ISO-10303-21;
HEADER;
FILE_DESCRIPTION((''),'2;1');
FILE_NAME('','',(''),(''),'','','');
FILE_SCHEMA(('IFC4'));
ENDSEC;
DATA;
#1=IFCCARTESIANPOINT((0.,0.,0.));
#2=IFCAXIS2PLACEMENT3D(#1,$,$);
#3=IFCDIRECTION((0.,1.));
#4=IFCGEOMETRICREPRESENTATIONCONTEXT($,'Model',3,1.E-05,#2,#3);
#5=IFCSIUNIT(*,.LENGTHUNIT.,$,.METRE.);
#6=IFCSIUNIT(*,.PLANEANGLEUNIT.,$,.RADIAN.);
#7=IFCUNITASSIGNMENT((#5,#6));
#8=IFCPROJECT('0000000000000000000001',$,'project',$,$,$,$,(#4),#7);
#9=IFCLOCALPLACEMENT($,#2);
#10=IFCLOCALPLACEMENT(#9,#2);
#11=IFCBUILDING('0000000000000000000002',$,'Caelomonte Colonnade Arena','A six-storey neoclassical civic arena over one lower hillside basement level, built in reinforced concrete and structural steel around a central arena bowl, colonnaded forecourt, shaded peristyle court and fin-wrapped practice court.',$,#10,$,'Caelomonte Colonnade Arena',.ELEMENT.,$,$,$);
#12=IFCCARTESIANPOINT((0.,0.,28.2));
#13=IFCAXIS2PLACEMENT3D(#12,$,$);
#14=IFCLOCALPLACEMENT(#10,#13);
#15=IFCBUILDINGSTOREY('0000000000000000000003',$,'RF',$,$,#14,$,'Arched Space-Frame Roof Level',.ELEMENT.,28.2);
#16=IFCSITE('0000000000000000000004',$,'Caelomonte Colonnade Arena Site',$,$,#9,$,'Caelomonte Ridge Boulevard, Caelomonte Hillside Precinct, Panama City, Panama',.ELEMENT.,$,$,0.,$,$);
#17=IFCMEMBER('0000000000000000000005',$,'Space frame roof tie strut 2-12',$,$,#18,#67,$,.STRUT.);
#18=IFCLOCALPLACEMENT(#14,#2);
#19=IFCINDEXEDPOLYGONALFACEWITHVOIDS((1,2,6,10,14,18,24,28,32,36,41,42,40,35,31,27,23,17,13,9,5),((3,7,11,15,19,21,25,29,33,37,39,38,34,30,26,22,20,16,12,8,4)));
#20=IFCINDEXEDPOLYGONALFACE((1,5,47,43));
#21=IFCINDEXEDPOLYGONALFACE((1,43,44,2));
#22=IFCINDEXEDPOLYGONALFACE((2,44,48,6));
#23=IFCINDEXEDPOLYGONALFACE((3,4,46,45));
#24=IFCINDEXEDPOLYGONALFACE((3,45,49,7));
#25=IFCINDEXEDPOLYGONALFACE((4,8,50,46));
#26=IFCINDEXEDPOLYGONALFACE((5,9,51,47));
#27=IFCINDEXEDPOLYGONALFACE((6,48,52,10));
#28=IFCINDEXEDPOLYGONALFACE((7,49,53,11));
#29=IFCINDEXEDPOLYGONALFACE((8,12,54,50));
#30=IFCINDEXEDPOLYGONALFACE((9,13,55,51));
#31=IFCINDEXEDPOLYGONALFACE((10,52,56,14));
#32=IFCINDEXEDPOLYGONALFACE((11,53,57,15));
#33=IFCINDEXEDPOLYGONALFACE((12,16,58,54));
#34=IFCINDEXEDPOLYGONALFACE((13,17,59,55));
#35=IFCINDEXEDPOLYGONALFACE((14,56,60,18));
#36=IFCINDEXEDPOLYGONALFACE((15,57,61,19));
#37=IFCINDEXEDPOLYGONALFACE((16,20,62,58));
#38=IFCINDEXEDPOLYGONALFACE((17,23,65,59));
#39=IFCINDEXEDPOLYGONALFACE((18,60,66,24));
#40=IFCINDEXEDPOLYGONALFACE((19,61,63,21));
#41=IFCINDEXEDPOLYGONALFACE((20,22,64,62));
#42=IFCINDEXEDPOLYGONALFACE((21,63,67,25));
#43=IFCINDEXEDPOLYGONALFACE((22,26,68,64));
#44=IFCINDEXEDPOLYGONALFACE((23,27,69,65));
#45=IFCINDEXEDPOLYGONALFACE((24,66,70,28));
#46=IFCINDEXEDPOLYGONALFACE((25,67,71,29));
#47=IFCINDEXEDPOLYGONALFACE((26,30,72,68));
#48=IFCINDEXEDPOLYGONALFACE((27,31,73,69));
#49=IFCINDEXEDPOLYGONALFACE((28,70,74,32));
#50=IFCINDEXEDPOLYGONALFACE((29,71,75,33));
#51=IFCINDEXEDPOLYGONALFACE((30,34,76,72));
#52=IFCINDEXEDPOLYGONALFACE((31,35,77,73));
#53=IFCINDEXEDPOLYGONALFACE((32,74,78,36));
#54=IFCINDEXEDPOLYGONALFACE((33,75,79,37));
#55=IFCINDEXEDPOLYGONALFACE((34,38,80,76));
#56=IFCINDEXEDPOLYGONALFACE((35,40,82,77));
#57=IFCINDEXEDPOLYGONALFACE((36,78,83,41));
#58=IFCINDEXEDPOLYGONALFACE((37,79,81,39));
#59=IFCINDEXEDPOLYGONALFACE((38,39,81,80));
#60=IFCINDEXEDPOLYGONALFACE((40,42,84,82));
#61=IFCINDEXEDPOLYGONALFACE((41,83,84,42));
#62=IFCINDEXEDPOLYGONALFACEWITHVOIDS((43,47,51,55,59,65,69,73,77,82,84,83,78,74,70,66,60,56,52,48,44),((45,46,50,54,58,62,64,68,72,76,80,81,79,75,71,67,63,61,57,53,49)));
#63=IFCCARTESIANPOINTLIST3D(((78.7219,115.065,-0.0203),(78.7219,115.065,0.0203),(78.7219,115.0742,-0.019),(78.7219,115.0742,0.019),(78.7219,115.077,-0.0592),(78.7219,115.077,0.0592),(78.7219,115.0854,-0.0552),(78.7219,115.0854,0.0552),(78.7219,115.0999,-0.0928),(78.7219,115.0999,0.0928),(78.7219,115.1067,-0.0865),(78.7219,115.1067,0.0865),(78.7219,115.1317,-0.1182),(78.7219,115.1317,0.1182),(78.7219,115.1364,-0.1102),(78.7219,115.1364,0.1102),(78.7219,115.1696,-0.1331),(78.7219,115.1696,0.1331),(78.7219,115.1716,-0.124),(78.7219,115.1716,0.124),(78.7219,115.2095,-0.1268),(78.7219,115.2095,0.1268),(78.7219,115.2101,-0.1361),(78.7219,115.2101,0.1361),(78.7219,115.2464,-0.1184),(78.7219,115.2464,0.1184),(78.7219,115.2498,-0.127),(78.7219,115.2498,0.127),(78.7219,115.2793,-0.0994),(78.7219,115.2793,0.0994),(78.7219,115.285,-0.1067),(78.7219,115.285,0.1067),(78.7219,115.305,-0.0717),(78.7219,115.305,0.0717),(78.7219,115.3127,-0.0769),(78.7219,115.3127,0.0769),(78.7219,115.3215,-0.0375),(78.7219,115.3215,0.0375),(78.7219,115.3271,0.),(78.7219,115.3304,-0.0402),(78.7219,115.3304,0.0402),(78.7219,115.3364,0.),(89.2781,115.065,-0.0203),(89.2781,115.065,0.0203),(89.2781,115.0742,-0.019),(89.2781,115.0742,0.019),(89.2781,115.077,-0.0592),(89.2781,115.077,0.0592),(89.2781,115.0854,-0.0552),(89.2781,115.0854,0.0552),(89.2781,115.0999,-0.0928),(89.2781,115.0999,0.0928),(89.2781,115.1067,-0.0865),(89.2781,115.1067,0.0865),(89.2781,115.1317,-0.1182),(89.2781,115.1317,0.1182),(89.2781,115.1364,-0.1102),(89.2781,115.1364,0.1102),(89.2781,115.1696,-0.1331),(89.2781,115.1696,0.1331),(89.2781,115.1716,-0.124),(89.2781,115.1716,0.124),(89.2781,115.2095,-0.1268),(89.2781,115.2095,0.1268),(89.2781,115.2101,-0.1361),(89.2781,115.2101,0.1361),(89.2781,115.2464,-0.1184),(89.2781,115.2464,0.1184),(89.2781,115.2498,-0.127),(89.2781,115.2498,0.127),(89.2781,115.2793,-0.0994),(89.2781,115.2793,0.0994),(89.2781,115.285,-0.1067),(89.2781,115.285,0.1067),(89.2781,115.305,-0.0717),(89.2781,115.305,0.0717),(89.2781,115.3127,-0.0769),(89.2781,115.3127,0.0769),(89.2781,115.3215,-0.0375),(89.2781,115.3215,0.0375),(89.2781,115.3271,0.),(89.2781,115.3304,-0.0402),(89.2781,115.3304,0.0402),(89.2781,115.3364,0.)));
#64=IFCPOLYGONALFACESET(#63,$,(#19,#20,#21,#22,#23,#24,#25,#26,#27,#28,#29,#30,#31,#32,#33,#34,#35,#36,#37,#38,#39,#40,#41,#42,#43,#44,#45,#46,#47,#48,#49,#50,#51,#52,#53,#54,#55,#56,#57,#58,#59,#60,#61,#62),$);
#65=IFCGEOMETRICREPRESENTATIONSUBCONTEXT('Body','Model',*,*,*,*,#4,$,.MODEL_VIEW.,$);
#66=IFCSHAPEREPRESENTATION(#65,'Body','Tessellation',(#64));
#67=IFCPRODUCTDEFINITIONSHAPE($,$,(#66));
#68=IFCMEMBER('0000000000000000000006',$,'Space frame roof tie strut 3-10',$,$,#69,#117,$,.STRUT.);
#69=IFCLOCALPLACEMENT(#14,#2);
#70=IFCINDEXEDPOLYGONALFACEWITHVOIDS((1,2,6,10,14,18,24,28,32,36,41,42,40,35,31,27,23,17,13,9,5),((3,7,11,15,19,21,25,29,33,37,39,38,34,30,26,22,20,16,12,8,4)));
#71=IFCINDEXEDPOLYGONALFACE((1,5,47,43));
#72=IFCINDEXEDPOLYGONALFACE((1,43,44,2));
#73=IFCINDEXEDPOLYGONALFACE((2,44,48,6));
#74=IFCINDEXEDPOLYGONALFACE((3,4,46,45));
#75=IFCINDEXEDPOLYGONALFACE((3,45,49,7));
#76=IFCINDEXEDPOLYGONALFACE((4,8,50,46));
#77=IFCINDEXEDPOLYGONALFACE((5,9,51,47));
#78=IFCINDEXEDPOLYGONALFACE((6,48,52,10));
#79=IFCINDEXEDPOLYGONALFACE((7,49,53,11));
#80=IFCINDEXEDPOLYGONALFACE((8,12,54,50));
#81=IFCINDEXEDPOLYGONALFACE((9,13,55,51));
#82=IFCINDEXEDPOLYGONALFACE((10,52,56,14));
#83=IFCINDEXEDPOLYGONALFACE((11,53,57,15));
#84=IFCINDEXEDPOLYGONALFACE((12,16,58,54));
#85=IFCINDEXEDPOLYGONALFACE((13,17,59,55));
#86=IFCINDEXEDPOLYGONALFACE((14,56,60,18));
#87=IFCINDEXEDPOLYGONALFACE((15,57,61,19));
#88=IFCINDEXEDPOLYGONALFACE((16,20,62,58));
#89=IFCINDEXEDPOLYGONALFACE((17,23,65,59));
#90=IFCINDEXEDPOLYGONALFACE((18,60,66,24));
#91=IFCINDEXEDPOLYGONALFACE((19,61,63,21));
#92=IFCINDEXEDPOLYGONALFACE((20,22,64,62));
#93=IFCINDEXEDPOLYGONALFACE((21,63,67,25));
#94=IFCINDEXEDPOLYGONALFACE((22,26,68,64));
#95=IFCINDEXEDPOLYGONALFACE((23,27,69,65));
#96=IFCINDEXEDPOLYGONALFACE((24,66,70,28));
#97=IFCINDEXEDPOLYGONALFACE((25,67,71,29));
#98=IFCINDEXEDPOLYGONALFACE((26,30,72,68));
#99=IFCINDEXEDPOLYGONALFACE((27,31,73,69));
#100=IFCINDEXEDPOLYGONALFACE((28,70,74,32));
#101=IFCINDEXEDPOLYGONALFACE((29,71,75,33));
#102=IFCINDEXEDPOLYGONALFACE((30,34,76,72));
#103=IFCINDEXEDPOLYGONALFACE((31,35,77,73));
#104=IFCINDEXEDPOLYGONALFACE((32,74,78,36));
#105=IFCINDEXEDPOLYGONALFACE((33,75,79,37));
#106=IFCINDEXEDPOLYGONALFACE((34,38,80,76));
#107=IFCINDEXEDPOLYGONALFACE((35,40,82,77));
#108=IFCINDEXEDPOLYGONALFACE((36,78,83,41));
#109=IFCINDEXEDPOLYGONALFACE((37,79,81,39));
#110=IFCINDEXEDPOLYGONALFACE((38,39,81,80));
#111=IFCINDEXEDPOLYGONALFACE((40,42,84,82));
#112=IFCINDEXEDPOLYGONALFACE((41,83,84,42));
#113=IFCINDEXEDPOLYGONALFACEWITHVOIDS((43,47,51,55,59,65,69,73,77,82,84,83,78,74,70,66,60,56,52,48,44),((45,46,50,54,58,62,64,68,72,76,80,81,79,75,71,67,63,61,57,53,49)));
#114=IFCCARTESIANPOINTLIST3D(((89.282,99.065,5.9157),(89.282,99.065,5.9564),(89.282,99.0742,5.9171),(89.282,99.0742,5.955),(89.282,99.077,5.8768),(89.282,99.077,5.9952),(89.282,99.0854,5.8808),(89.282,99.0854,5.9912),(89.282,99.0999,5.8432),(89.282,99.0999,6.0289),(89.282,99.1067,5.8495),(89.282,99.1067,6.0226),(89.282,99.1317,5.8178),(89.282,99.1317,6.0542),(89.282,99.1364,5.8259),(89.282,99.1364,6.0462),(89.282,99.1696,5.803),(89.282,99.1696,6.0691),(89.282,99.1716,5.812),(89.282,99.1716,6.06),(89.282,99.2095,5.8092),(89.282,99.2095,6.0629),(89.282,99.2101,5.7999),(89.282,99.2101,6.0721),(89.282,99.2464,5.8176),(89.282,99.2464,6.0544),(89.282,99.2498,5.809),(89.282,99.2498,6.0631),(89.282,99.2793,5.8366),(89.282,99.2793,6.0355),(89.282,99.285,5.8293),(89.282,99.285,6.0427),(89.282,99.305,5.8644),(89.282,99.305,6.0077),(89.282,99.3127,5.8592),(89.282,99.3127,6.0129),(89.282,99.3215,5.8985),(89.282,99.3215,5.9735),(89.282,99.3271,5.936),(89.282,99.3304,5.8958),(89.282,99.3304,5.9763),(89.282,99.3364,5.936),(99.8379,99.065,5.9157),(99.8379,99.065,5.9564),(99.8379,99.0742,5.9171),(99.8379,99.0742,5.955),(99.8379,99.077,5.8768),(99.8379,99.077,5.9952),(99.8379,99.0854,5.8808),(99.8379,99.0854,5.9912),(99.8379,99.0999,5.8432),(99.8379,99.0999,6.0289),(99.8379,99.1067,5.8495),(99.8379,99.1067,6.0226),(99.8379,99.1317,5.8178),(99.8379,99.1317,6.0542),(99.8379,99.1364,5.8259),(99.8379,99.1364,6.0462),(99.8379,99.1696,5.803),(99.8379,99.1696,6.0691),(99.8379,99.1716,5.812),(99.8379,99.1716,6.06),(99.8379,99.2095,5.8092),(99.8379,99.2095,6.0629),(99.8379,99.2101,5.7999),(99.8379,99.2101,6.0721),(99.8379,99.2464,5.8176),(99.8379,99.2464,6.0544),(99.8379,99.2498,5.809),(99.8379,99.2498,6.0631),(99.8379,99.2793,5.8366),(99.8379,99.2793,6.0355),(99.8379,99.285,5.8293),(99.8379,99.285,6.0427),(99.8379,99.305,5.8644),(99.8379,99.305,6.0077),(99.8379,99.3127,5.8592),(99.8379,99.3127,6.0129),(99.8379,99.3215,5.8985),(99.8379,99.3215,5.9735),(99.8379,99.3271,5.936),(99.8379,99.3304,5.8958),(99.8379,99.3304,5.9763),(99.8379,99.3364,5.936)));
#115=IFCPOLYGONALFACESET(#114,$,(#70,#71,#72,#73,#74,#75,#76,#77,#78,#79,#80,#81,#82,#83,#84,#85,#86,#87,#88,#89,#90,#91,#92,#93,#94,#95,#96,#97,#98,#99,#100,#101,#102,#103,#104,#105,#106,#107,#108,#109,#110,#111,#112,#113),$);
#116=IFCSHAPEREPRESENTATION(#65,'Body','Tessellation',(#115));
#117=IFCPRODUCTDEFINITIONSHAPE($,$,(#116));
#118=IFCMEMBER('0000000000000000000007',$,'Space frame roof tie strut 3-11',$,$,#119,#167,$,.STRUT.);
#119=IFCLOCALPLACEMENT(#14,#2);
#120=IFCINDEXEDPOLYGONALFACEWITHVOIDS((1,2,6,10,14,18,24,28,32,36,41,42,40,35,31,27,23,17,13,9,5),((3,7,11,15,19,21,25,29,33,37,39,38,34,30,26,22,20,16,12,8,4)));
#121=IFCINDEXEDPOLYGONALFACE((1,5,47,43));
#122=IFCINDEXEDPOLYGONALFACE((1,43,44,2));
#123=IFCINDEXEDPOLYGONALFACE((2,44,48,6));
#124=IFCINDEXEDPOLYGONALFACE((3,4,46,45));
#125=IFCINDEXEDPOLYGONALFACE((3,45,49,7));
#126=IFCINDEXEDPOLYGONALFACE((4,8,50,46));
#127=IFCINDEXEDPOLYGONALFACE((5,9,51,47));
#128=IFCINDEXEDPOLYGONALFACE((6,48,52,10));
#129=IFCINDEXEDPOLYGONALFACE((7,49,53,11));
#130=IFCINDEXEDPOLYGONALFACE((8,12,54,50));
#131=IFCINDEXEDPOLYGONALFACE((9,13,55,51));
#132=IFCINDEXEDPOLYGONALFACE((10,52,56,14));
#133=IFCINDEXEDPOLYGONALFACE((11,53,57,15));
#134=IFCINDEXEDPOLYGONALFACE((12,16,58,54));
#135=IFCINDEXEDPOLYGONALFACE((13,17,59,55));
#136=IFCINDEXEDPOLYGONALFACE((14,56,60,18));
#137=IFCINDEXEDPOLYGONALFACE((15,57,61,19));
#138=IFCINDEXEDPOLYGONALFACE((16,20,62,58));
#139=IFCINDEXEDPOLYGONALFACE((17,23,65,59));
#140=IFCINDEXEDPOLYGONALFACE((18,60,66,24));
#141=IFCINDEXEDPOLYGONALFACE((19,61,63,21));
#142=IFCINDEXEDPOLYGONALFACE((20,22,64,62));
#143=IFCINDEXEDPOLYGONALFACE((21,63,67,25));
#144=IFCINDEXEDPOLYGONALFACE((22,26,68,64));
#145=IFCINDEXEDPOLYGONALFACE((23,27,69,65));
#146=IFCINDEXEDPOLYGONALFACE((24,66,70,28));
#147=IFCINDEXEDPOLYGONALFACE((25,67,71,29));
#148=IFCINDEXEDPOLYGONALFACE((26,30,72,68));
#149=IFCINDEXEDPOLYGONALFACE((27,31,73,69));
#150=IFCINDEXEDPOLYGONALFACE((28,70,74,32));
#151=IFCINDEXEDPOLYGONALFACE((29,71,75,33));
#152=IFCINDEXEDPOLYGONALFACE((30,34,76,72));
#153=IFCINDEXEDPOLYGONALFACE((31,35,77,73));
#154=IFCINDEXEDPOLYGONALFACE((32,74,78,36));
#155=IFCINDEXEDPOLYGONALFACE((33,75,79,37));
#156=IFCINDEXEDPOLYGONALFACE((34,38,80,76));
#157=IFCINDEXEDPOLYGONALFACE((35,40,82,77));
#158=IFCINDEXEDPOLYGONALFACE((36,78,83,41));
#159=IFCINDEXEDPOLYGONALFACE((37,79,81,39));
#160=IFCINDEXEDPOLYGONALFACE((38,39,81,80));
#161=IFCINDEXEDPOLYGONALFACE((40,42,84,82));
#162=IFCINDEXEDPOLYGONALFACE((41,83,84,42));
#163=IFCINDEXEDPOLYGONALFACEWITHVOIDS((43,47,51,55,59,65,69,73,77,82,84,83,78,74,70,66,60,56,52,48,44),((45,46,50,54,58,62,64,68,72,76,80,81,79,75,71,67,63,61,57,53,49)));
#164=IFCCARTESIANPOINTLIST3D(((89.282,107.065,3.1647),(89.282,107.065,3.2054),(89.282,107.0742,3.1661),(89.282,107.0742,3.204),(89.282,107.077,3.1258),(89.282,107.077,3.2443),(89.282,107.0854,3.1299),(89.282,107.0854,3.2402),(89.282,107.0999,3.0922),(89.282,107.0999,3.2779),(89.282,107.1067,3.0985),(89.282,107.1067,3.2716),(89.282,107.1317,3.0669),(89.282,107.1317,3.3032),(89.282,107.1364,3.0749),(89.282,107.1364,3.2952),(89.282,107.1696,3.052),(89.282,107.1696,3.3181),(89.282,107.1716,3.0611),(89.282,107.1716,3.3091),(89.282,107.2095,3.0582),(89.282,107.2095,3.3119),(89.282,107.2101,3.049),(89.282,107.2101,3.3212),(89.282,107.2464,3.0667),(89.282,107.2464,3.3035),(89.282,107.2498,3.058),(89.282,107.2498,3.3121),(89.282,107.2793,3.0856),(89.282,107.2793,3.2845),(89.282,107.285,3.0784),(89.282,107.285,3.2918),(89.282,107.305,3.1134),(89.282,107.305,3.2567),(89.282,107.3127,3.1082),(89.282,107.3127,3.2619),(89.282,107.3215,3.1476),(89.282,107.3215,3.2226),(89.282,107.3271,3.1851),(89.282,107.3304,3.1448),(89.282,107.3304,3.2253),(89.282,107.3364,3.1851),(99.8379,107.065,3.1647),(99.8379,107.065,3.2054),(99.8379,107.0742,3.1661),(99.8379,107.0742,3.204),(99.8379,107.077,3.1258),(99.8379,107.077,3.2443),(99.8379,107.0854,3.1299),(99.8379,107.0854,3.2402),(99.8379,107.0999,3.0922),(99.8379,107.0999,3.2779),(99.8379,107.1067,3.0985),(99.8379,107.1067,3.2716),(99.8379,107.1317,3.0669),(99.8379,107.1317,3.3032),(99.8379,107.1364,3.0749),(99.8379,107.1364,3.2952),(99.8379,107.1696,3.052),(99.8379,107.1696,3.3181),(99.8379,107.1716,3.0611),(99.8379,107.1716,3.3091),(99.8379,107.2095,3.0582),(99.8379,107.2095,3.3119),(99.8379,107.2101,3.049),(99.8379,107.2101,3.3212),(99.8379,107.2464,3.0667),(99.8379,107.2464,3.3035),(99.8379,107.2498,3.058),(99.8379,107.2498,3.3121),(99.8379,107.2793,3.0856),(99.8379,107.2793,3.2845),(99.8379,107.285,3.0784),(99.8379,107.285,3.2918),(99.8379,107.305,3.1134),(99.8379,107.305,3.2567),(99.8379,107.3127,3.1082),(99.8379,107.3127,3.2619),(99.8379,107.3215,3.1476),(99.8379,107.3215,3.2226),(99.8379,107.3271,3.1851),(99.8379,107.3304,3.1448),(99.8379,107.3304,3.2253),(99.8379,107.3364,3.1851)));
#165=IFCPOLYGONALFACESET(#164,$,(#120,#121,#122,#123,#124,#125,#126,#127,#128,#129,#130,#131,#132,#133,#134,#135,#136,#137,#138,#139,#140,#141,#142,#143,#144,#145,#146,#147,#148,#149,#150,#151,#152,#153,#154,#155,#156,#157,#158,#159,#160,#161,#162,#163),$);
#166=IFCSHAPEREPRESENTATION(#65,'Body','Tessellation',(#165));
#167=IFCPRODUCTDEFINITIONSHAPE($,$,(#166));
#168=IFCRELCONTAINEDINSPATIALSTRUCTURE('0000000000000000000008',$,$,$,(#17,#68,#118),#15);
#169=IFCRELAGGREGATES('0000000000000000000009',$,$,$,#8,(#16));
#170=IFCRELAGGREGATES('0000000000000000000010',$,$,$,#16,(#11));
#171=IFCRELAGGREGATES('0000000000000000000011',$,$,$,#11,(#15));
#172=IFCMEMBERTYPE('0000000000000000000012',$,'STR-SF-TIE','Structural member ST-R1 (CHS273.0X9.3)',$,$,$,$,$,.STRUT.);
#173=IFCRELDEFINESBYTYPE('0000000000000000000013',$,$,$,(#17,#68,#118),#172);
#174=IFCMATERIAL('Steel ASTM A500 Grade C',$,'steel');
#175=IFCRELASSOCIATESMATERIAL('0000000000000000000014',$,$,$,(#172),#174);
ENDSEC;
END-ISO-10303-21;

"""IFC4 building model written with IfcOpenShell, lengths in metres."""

from ifc_helpers import new_model, si_unit, direction, frame, origin, origin_2d, place, context, subcontext, project, spatial, hollow_circle, extrude, material, material_profile, profile_set, type_object, element, save


model = new_model("IFC4")

# Units and contexts
model_context = context("Model", 3, precision=1e-05, world=origin(), true_north=direction((0.0, 1.0)))
body_context = subcontext(model_context, "Body", "Model", "MODEL_VIEW")
ifc_project = project(units=[si_unit("LENGTHUNIT", "METRE"), si_unit("PLANEANGLEUNIT", "RADIAN")], contexts=[model_context])

# Site, building, storey
site_placement = place(None, origin())
site = spatial("IfcSite", under=ifc_project, at=site_placement, Name="Caelomonte Colonnade Arena Site", LongName="Caelomonte Ridge Boulevard, Caelomonte Hillside Precinct, Panama City, Panama", CompositionType="ELEMENT", RefElevation=0.0)
building_placement = place(site_placement, origin())
building = spatial("IfcBuilding", under=site, at=building_placement, Name="Caelomonte Colonnade Arena", Description="A six-storey neoclassical civic arena over one lower hillside basement level, built in reinforced concrete and structural steel around a central arena bowl, colonnaded forecourt, shaded peristyle court and fin-wrapped practice court.", LongName="Caelomonte Colonnade Arena", CompositionType="ELEMENT")
storey_placement = place(building_placement, frame((0.0, 0.0, 28.2)))
storey = spatial("IfcBuildingStorey", under=building, at=storey_placement, Name="RF", LongName="Arched Space-Frame Roof Level", CompositionType="ELEMENT", Elevation=28.2)

# Members
ifc_material_1 = material(Name="Steel ASTM A500 Grade C", Category="steel")
ifc_material_profile_1 = material_profile(ifc_material_1, hollow_circle(Radius=0.1365, WallThickness=0.0093, at=origin_2d()), Name="CHS273.0X9.3")
ifc_profile_set_1 = profile_set([ifc_material_profile_1], Name="Steel ASTM A500 Grade C")
member_type_1 = type_object("IfcMemberType", Name="STR-SF-TIE", Description="Structural member ST-R1 (CHS273.0X9.3)", PredefinedType="STRUT", material=ifc_profile_set_1)
for number, where, z_axis, x_axis, name in (
    (1, (78.7219, 115.2, 0.0), (1.0, 0.0, 0.0), (0.0, 1.0, 0.0), "Space frame roof tie strut 2-12"),
):
    element("IfcMember", number, at=place(storey_placement, frame(where, z_axis=z_axis, x_axis=x_axis)), inside=storey, type_object=member_type_1, Name=name, PredefinedType="STRUT", context=body_context, shape_type="SweptSolid", body=[
        extrude(hollow_circle(Radius=0.1365, WallThickness=0.0093, at=origin_2d()), origin(), (0.0, 0.0, 1.0), 10.5562),
    ])
for number, where, z_axis, x_axis, name in (
    (2, (89.282, 99.2, 5.936), (1.0, 0.0, 0.0), (0.0, 1.0, 0.0), "Space frame roof tie strut 3-10"),
    (3, (89.282, 107.2, 3.1851), (1.0, 0.0, 0.0), (0.0, 1.0, 0.0), "Space frame roof tie strut 3-11"),
):
    element("IfcMember", number, at=place(storey_placement, frame(where, z_axis=z_axis, x_axis=x_axis)), inside=storey, type_object=member_type_1, Name=name, PredefinedType="STRUT", context=body_context, shape_type="SweptSolid", body=[
        extrude(hollow_circle(Radius=0.1365, WallThickness=0.0093, at=origin_2d()), origin(), (0.0, 0.0, 1.0), 10.5559),
    ])

save(model, "model.ifc")
